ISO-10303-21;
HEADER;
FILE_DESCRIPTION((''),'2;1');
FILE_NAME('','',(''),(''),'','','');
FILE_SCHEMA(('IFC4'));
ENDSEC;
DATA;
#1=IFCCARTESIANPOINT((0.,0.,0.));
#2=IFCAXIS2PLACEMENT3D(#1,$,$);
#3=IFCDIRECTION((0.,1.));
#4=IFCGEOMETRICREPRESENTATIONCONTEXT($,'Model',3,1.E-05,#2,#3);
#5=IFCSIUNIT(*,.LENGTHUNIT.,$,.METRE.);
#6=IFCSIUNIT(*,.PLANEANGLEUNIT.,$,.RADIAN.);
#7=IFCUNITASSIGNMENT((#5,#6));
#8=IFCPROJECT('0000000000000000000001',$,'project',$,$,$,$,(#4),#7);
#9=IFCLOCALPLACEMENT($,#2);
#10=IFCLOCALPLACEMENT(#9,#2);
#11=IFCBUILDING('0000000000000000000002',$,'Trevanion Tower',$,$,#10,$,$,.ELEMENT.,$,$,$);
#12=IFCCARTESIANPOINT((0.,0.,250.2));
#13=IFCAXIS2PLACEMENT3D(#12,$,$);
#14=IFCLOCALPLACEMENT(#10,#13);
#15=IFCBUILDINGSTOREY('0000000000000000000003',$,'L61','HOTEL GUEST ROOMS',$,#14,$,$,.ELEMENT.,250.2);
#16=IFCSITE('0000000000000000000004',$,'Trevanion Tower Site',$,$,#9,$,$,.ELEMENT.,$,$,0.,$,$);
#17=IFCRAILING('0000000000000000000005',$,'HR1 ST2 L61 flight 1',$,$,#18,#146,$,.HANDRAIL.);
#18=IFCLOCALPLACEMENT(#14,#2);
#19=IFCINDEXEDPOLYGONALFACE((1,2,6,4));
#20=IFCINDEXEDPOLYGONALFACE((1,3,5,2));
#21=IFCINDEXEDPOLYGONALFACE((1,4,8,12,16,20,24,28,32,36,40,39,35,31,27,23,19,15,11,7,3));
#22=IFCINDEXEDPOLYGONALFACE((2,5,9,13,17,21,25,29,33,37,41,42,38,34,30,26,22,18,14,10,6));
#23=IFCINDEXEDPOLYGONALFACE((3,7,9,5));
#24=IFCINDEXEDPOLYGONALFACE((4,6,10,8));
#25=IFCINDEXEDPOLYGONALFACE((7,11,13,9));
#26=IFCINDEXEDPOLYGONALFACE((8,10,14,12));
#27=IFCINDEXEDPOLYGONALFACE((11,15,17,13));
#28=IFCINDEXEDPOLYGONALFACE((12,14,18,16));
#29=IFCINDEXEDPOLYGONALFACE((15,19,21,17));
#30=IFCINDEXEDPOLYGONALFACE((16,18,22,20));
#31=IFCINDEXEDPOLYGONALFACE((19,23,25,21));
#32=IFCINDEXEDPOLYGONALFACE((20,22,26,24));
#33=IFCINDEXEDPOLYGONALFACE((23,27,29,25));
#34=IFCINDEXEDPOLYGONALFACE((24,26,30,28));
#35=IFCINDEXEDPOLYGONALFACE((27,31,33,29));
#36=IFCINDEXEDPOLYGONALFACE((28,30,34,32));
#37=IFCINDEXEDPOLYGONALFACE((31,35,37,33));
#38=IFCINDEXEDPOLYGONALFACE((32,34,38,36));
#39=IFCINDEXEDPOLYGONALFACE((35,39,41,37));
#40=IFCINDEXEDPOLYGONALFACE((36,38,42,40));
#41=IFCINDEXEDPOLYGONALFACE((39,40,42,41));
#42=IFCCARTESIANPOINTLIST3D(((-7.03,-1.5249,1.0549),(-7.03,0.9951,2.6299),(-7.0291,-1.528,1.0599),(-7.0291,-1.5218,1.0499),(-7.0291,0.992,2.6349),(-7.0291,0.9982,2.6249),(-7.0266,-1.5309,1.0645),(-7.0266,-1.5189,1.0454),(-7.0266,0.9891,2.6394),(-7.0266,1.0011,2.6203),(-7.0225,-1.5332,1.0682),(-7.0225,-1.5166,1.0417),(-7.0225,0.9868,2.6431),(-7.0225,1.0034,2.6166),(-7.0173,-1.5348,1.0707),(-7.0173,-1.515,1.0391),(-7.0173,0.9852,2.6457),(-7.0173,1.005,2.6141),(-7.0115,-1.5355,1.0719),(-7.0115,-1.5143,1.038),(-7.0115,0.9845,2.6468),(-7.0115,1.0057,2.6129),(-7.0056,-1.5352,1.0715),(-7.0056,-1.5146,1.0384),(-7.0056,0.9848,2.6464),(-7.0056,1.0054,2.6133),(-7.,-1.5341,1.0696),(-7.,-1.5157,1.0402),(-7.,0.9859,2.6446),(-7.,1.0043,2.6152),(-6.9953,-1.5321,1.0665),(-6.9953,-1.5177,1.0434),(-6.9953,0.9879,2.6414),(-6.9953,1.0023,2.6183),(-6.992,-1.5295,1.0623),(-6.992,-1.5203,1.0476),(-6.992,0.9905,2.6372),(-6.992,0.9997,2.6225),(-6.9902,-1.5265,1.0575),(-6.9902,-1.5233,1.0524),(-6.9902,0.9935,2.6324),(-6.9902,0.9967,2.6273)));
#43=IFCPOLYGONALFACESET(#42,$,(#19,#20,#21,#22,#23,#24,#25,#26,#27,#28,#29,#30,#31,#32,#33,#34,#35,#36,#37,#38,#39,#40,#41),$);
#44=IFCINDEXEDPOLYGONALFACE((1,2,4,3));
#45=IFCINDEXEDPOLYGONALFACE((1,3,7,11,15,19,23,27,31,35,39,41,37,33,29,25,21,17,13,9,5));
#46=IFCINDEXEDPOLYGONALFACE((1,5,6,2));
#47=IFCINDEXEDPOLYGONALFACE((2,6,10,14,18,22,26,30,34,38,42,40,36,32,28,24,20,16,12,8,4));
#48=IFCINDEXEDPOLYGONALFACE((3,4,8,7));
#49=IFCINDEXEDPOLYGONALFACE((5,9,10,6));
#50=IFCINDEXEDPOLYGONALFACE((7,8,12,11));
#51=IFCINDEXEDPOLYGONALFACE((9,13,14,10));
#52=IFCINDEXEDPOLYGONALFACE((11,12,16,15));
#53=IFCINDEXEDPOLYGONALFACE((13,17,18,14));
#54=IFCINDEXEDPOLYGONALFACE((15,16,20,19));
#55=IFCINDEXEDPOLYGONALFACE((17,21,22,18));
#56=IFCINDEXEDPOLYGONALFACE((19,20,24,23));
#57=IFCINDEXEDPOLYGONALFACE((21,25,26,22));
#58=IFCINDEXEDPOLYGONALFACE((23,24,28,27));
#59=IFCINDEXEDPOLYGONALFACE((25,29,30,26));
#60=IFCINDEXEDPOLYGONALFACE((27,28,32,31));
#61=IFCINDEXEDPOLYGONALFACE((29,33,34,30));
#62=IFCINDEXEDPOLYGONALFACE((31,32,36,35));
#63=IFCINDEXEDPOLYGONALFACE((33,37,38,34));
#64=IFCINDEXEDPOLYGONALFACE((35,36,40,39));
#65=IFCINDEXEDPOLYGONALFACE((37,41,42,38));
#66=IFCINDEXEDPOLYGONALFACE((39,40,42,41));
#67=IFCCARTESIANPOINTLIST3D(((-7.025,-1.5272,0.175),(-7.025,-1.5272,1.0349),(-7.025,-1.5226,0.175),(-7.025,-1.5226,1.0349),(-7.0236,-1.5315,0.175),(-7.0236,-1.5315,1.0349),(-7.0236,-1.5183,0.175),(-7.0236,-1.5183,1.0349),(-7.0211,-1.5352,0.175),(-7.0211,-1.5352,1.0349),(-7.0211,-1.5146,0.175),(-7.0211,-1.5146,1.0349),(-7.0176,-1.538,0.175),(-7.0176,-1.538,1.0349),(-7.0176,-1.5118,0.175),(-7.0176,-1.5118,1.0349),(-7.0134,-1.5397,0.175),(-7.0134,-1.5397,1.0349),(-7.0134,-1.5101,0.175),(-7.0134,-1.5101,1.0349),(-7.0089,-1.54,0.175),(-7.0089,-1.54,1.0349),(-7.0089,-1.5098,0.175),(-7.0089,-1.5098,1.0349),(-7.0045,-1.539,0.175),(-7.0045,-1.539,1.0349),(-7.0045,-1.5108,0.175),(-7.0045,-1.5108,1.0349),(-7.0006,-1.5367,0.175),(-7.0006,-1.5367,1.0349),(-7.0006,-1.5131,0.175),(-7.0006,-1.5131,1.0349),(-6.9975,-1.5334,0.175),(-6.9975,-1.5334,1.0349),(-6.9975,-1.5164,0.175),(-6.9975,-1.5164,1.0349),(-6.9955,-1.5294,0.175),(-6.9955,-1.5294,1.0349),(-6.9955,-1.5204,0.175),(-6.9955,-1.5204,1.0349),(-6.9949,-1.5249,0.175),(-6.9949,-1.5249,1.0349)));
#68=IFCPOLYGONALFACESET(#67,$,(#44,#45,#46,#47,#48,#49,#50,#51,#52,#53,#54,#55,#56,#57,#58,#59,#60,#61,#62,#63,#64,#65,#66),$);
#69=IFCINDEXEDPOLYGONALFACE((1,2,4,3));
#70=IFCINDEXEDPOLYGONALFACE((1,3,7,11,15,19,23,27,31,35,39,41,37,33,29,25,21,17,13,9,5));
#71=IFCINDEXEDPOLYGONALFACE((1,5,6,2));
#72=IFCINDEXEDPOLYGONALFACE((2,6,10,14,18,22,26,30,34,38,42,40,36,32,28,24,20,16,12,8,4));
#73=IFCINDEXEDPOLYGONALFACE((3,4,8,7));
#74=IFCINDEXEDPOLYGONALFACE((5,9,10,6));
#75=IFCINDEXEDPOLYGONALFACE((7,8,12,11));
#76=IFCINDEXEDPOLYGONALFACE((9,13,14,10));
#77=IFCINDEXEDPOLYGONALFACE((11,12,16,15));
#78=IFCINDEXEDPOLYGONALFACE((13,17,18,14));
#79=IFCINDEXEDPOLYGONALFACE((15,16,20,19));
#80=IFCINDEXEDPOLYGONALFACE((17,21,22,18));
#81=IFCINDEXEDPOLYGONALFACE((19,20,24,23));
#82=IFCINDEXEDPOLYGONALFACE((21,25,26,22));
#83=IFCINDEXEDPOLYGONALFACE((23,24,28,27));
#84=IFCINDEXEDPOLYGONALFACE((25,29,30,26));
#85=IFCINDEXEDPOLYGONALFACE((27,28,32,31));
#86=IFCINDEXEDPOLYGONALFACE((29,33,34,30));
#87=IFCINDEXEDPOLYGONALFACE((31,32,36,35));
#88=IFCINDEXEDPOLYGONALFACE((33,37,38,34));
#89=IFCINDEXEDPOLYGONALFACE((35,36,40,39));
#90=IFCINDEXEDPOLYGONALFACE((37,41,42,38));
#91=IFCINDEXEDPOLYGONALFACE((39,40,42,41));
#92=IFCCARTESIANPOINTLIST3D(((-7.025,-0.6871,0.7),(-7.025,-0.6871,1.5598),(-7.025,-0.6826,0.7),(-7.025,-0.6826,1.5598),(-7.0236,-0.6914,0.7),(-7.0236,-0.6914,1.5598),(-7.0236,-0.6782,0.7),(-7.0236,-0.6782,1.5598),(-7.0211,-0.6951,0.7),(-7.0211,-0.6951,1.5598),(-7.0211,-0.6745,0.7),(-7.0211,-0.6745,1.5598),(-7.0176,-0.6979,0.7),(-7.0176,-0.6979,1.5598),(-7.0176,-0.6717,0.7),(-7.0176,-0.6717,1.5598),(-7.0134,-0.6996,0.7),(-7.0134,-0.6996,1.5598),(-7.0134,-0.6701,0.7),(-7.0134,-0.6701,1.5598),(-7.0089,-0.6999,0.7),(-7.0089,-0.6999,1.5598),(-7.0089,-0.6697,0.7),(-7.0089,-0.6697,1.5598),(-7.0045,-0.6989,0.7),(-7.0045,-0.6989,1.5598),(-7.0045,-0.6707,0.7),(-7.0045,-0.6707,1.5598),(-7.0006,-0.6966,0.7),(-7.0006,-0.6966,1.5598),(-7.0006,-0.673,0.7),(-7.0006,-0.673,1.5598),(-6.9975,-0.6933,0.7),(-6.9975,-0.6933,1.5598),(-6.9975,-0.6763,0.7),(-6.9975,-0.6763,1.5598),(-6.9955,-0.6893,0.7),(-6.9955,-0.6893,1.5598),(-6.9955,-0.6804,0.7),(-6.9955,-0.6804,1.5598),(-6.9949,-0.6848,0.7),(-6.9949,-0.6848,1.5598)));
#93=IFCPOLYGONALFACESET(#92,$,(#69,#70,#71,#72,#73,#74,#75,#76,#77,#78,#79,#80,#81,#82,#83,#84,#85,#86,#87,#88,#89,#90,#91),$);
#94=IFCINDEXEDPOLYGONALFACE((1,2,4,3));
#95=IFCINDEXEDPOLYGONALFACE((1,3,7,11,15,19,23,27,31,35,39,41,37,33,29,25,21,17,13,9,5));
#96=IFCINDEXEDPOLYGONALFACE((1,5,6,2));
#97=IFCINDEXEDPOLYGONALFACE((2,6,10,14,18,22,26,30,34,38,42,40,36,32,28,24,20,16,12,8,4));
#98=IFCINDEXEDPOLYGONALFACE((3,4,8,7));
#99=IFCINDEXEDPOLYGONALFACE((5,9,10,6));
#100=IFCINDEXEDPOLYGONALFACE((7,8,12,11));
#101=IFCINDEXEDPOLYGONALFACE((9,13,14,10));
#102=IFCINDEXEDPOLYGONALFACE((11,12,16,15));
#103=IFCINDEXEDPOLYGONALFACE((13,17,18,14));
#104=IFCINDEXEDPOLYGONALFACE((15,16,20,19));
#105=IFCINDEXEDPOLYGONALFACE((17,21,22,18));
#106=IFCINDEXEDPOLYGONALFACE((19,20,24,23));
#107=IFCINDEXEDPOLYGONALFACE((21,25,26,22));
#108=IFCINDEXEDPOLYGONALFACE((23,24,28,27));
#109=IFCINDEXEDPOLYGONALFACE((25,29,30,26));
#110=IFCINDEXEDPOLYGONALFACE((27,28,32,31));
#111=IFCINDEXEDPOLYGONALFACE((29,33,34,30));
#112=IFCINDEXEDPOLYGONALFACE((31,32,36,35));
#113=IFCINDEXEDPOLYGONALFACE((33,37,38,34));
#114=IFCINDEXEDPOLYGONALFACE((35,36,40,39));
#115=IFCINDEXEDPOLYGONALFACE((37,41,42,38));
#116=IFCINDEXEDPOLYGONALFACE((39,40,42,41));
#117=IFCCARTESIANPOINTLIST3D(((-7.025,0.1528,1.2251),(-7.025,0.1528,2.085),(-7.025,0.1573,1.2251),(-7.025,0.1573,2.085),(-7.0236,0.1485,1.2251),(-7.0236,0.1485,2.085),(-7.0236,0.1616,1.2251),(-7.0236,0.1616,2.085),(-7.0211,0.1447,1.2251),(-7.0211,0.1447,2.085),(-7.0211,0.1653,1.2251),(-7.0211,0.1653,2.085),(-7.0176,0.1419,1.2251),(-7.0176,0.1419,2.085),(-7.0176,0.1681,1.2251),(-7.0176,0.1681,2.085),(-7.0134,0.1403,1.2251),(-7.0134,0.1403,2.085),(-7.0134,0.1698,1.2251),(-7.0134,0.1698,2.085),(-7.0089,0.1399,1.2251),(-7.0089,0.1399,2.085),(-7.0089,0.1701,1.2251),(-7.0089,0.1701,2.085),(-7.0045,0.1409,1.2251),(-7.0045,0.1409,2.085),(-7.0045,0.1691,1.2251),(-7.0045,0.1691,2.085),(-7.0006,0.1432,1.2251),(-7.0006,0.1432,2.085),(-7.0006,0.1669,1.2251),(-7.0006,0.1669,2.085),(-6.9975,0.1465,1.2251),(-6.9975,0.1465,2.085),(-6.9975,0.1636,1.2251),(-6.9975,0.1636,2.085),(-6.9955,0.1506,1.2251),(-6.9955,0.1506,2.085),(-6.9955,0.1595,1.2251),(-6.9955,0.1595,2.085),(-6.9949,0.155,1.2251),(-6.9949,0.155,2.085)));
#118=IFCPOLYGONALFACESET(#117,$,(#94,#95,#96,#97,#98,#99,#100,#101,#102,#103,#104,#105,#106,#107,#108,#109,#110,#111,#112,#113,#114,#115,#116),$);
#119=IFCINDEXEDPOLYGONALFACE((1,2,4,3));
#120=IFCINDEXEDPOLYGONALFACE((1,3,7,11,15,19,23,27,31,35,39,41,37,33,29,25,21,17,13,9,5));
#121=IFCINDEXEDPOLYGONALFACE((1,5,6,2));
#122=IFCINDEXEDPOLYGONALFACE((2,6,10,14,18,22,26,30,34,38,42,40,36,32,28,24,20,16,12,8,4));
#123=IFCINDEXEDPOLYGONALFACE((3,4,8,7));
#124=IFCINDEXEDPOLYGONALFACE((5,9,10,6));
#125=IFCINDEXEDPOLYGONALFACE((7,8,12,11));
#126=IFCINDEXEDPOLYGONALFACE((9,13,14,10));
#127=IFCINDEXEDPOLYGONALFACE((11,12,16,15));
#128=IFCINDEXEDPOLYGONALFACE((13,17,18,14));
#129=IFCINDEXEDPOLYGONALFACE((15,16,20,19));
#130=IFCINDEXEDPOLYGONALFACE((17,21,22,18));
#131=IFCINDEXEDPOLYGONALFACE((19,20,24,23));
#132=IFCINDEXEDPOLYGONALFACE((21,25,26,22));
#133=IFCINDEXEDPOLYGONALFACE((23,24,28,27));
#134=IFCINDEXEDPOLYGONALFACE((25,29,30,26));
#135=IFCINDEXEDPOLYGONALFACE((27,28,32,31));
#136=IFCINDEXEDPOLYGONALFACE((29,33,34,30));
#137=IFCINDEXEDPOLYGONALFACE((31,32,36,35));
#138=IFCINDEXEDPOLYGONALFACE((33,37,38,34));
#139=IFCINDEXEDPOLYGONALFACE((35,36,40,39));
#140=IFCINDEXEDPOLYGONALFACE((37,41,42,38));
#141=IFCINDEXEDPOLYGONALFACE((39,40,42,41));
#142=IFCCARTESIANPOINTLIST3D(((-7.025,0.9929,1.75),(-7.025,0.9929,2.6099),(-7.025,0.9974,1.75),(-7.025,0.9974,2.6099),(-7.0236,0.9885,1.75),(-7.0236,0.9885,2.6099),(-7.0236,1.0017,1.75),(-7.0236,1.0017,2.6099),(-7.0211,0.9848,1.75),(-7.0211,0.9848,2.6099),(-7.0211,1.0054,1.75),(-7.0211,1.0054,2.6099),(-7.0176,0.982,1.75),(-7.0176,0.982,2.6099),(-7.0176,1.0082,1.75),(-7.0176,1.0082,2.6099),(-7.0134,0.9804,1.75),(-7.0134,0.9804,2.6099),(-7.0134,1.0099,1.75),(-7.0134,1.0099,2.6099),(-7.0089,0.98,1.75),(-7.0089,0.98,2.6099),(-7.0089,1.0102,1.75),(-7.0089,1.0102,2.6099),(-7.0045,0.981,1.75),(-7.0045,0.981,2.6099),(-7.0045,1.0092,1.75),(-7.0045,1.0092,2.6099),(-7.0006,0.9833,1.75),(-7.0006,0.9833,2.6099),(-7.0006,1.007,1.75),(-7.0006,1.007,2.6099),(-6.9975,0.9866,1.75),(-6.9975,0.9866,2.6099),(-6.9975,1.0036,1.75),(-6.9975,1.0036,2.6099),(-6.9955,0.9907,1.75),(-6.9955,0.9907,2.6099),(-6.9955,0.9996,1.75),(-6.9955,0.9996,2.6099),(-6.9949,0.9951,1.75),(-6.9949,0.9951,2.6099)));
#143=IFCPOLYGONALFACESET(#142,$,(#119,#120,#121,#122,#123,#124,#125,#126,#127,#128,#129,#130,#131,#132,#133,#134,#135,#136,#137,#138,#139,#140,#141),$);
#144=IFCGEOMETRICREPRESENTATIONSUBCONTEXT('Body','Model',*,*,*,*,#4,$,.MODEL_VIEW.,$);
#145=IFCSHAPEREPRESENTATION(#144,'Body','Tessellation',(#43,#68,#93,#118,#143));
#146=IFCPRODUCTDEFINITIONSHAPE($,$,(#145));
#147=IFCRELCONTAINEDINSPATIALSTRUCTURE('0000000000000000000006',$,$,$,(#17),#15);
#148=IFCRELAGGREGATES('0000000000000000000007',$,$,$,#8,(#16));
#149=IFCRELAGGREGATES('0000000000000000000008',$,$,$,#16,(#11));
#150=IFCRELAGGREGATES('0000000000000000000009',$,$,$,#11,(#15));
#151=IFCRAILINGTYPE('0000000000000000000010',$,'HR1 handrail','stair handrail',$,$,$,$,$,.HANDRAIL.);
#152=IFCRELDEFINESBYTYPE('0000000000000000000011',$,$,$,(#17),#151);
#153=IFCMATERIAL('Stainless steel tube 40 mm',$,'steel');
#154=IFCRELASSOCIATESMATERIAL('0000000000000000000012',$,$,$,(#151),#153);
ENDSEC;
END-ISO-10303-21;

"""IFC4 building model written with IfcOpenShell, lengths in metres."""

from ifc_helpers import new_model, si_unit, direction, frame, origin, origin_2d, place, context, subcontext, project, spatial, circle, extrude, material, type_object, element, save


model = new_model("IFC4")

# Units and contexts
model_context = context("Model", 3, precision=1e-05, world=origin(), true_north=direction((0.0, 1.0)))
body_context = subcontext(model_context, "Body", "Model", "MODEL_VIEW")
ifc_project = project(units=[si_unit("LENGTHUNIT", "METRE"), si_unit("PLANEANGLEUNIT", "RADIAN")], contexts=[model_context])

# Site, building, storey
site_placement = place(None, origin())
site = spatial("IfcSite", under=ifc_project, at=site_placement, Name="Trevanion Tower Site", CompositionType="ELEMENT", RefElevation=0.0)
building_placement = place(site_placement, origin())
building = spatial("IfcBuilding", under=site, at=building_placement, Name="Trevanion Tower", CompositionType="ELEMENT")
storey_placement = place(building_placement, frame((0.0, 0.0, 250.2)))
storey = spatial("IfcBuildingStorey", under=building, at=storey_placement, Name="L61", Description="HOTEL GUEST ROOMS", CompositionType="ELEMENT", Elevation=250.2)

# Railing
ifc_material_1 = material(Name="Stainless steel tube 40 mm", Category="steel")
railing_type = type_object("IfcRailingType", Name="HR1 handrail", Description="stair handrail", PredefinedType="HANDRAIL", material=ifc_material_1)
for number, where, name in (
    (1, (-7.01, -1.5249, 0.175), "HR1 ST2 L61 flight 1"),
):
    element("IfcRailing", number, at=place(storey_placement, frame(where)), inside=storey, type_object=railing_type, Name=name, PredefinedType="HANDRAIL", context=body_context, shape_type="SweptSolid", body=[
        extrude(circle(Radius=0.02, at=origin_2d()), frame((0.0, 0.0, 0.8799), z_axis=(0.0, 0.848008, 0.529984), x_axis=(-1.0, 0.0, 0.0)), (0.0, 0.0, 1.0), 2.9717),
        extrude(circle(Radius=0.0151, at=origin_2d()), origin(), (0.0, 0.0, 1.0), 0.8599),
        extrude(circle(Radius=0.0151, at=origin_2d()), frame((0.0, 0.8401, 0.5249)), (0.0, 0.0, 1.0), 0.8599),
        extrude(circle(Radius=0.0151, at=origin_2d()), frame((0.0, 1.6799, 1.05)), (0.0, 0.0, 1.0), 0.8599),
        extrude(circle(Radius=0.0151, at=origin_2d()), frame((0.0, 2.52, 1.575)), (0.0, 0.0, 1.0), 0.8599),
    ])

save(model, "model.ifc")
